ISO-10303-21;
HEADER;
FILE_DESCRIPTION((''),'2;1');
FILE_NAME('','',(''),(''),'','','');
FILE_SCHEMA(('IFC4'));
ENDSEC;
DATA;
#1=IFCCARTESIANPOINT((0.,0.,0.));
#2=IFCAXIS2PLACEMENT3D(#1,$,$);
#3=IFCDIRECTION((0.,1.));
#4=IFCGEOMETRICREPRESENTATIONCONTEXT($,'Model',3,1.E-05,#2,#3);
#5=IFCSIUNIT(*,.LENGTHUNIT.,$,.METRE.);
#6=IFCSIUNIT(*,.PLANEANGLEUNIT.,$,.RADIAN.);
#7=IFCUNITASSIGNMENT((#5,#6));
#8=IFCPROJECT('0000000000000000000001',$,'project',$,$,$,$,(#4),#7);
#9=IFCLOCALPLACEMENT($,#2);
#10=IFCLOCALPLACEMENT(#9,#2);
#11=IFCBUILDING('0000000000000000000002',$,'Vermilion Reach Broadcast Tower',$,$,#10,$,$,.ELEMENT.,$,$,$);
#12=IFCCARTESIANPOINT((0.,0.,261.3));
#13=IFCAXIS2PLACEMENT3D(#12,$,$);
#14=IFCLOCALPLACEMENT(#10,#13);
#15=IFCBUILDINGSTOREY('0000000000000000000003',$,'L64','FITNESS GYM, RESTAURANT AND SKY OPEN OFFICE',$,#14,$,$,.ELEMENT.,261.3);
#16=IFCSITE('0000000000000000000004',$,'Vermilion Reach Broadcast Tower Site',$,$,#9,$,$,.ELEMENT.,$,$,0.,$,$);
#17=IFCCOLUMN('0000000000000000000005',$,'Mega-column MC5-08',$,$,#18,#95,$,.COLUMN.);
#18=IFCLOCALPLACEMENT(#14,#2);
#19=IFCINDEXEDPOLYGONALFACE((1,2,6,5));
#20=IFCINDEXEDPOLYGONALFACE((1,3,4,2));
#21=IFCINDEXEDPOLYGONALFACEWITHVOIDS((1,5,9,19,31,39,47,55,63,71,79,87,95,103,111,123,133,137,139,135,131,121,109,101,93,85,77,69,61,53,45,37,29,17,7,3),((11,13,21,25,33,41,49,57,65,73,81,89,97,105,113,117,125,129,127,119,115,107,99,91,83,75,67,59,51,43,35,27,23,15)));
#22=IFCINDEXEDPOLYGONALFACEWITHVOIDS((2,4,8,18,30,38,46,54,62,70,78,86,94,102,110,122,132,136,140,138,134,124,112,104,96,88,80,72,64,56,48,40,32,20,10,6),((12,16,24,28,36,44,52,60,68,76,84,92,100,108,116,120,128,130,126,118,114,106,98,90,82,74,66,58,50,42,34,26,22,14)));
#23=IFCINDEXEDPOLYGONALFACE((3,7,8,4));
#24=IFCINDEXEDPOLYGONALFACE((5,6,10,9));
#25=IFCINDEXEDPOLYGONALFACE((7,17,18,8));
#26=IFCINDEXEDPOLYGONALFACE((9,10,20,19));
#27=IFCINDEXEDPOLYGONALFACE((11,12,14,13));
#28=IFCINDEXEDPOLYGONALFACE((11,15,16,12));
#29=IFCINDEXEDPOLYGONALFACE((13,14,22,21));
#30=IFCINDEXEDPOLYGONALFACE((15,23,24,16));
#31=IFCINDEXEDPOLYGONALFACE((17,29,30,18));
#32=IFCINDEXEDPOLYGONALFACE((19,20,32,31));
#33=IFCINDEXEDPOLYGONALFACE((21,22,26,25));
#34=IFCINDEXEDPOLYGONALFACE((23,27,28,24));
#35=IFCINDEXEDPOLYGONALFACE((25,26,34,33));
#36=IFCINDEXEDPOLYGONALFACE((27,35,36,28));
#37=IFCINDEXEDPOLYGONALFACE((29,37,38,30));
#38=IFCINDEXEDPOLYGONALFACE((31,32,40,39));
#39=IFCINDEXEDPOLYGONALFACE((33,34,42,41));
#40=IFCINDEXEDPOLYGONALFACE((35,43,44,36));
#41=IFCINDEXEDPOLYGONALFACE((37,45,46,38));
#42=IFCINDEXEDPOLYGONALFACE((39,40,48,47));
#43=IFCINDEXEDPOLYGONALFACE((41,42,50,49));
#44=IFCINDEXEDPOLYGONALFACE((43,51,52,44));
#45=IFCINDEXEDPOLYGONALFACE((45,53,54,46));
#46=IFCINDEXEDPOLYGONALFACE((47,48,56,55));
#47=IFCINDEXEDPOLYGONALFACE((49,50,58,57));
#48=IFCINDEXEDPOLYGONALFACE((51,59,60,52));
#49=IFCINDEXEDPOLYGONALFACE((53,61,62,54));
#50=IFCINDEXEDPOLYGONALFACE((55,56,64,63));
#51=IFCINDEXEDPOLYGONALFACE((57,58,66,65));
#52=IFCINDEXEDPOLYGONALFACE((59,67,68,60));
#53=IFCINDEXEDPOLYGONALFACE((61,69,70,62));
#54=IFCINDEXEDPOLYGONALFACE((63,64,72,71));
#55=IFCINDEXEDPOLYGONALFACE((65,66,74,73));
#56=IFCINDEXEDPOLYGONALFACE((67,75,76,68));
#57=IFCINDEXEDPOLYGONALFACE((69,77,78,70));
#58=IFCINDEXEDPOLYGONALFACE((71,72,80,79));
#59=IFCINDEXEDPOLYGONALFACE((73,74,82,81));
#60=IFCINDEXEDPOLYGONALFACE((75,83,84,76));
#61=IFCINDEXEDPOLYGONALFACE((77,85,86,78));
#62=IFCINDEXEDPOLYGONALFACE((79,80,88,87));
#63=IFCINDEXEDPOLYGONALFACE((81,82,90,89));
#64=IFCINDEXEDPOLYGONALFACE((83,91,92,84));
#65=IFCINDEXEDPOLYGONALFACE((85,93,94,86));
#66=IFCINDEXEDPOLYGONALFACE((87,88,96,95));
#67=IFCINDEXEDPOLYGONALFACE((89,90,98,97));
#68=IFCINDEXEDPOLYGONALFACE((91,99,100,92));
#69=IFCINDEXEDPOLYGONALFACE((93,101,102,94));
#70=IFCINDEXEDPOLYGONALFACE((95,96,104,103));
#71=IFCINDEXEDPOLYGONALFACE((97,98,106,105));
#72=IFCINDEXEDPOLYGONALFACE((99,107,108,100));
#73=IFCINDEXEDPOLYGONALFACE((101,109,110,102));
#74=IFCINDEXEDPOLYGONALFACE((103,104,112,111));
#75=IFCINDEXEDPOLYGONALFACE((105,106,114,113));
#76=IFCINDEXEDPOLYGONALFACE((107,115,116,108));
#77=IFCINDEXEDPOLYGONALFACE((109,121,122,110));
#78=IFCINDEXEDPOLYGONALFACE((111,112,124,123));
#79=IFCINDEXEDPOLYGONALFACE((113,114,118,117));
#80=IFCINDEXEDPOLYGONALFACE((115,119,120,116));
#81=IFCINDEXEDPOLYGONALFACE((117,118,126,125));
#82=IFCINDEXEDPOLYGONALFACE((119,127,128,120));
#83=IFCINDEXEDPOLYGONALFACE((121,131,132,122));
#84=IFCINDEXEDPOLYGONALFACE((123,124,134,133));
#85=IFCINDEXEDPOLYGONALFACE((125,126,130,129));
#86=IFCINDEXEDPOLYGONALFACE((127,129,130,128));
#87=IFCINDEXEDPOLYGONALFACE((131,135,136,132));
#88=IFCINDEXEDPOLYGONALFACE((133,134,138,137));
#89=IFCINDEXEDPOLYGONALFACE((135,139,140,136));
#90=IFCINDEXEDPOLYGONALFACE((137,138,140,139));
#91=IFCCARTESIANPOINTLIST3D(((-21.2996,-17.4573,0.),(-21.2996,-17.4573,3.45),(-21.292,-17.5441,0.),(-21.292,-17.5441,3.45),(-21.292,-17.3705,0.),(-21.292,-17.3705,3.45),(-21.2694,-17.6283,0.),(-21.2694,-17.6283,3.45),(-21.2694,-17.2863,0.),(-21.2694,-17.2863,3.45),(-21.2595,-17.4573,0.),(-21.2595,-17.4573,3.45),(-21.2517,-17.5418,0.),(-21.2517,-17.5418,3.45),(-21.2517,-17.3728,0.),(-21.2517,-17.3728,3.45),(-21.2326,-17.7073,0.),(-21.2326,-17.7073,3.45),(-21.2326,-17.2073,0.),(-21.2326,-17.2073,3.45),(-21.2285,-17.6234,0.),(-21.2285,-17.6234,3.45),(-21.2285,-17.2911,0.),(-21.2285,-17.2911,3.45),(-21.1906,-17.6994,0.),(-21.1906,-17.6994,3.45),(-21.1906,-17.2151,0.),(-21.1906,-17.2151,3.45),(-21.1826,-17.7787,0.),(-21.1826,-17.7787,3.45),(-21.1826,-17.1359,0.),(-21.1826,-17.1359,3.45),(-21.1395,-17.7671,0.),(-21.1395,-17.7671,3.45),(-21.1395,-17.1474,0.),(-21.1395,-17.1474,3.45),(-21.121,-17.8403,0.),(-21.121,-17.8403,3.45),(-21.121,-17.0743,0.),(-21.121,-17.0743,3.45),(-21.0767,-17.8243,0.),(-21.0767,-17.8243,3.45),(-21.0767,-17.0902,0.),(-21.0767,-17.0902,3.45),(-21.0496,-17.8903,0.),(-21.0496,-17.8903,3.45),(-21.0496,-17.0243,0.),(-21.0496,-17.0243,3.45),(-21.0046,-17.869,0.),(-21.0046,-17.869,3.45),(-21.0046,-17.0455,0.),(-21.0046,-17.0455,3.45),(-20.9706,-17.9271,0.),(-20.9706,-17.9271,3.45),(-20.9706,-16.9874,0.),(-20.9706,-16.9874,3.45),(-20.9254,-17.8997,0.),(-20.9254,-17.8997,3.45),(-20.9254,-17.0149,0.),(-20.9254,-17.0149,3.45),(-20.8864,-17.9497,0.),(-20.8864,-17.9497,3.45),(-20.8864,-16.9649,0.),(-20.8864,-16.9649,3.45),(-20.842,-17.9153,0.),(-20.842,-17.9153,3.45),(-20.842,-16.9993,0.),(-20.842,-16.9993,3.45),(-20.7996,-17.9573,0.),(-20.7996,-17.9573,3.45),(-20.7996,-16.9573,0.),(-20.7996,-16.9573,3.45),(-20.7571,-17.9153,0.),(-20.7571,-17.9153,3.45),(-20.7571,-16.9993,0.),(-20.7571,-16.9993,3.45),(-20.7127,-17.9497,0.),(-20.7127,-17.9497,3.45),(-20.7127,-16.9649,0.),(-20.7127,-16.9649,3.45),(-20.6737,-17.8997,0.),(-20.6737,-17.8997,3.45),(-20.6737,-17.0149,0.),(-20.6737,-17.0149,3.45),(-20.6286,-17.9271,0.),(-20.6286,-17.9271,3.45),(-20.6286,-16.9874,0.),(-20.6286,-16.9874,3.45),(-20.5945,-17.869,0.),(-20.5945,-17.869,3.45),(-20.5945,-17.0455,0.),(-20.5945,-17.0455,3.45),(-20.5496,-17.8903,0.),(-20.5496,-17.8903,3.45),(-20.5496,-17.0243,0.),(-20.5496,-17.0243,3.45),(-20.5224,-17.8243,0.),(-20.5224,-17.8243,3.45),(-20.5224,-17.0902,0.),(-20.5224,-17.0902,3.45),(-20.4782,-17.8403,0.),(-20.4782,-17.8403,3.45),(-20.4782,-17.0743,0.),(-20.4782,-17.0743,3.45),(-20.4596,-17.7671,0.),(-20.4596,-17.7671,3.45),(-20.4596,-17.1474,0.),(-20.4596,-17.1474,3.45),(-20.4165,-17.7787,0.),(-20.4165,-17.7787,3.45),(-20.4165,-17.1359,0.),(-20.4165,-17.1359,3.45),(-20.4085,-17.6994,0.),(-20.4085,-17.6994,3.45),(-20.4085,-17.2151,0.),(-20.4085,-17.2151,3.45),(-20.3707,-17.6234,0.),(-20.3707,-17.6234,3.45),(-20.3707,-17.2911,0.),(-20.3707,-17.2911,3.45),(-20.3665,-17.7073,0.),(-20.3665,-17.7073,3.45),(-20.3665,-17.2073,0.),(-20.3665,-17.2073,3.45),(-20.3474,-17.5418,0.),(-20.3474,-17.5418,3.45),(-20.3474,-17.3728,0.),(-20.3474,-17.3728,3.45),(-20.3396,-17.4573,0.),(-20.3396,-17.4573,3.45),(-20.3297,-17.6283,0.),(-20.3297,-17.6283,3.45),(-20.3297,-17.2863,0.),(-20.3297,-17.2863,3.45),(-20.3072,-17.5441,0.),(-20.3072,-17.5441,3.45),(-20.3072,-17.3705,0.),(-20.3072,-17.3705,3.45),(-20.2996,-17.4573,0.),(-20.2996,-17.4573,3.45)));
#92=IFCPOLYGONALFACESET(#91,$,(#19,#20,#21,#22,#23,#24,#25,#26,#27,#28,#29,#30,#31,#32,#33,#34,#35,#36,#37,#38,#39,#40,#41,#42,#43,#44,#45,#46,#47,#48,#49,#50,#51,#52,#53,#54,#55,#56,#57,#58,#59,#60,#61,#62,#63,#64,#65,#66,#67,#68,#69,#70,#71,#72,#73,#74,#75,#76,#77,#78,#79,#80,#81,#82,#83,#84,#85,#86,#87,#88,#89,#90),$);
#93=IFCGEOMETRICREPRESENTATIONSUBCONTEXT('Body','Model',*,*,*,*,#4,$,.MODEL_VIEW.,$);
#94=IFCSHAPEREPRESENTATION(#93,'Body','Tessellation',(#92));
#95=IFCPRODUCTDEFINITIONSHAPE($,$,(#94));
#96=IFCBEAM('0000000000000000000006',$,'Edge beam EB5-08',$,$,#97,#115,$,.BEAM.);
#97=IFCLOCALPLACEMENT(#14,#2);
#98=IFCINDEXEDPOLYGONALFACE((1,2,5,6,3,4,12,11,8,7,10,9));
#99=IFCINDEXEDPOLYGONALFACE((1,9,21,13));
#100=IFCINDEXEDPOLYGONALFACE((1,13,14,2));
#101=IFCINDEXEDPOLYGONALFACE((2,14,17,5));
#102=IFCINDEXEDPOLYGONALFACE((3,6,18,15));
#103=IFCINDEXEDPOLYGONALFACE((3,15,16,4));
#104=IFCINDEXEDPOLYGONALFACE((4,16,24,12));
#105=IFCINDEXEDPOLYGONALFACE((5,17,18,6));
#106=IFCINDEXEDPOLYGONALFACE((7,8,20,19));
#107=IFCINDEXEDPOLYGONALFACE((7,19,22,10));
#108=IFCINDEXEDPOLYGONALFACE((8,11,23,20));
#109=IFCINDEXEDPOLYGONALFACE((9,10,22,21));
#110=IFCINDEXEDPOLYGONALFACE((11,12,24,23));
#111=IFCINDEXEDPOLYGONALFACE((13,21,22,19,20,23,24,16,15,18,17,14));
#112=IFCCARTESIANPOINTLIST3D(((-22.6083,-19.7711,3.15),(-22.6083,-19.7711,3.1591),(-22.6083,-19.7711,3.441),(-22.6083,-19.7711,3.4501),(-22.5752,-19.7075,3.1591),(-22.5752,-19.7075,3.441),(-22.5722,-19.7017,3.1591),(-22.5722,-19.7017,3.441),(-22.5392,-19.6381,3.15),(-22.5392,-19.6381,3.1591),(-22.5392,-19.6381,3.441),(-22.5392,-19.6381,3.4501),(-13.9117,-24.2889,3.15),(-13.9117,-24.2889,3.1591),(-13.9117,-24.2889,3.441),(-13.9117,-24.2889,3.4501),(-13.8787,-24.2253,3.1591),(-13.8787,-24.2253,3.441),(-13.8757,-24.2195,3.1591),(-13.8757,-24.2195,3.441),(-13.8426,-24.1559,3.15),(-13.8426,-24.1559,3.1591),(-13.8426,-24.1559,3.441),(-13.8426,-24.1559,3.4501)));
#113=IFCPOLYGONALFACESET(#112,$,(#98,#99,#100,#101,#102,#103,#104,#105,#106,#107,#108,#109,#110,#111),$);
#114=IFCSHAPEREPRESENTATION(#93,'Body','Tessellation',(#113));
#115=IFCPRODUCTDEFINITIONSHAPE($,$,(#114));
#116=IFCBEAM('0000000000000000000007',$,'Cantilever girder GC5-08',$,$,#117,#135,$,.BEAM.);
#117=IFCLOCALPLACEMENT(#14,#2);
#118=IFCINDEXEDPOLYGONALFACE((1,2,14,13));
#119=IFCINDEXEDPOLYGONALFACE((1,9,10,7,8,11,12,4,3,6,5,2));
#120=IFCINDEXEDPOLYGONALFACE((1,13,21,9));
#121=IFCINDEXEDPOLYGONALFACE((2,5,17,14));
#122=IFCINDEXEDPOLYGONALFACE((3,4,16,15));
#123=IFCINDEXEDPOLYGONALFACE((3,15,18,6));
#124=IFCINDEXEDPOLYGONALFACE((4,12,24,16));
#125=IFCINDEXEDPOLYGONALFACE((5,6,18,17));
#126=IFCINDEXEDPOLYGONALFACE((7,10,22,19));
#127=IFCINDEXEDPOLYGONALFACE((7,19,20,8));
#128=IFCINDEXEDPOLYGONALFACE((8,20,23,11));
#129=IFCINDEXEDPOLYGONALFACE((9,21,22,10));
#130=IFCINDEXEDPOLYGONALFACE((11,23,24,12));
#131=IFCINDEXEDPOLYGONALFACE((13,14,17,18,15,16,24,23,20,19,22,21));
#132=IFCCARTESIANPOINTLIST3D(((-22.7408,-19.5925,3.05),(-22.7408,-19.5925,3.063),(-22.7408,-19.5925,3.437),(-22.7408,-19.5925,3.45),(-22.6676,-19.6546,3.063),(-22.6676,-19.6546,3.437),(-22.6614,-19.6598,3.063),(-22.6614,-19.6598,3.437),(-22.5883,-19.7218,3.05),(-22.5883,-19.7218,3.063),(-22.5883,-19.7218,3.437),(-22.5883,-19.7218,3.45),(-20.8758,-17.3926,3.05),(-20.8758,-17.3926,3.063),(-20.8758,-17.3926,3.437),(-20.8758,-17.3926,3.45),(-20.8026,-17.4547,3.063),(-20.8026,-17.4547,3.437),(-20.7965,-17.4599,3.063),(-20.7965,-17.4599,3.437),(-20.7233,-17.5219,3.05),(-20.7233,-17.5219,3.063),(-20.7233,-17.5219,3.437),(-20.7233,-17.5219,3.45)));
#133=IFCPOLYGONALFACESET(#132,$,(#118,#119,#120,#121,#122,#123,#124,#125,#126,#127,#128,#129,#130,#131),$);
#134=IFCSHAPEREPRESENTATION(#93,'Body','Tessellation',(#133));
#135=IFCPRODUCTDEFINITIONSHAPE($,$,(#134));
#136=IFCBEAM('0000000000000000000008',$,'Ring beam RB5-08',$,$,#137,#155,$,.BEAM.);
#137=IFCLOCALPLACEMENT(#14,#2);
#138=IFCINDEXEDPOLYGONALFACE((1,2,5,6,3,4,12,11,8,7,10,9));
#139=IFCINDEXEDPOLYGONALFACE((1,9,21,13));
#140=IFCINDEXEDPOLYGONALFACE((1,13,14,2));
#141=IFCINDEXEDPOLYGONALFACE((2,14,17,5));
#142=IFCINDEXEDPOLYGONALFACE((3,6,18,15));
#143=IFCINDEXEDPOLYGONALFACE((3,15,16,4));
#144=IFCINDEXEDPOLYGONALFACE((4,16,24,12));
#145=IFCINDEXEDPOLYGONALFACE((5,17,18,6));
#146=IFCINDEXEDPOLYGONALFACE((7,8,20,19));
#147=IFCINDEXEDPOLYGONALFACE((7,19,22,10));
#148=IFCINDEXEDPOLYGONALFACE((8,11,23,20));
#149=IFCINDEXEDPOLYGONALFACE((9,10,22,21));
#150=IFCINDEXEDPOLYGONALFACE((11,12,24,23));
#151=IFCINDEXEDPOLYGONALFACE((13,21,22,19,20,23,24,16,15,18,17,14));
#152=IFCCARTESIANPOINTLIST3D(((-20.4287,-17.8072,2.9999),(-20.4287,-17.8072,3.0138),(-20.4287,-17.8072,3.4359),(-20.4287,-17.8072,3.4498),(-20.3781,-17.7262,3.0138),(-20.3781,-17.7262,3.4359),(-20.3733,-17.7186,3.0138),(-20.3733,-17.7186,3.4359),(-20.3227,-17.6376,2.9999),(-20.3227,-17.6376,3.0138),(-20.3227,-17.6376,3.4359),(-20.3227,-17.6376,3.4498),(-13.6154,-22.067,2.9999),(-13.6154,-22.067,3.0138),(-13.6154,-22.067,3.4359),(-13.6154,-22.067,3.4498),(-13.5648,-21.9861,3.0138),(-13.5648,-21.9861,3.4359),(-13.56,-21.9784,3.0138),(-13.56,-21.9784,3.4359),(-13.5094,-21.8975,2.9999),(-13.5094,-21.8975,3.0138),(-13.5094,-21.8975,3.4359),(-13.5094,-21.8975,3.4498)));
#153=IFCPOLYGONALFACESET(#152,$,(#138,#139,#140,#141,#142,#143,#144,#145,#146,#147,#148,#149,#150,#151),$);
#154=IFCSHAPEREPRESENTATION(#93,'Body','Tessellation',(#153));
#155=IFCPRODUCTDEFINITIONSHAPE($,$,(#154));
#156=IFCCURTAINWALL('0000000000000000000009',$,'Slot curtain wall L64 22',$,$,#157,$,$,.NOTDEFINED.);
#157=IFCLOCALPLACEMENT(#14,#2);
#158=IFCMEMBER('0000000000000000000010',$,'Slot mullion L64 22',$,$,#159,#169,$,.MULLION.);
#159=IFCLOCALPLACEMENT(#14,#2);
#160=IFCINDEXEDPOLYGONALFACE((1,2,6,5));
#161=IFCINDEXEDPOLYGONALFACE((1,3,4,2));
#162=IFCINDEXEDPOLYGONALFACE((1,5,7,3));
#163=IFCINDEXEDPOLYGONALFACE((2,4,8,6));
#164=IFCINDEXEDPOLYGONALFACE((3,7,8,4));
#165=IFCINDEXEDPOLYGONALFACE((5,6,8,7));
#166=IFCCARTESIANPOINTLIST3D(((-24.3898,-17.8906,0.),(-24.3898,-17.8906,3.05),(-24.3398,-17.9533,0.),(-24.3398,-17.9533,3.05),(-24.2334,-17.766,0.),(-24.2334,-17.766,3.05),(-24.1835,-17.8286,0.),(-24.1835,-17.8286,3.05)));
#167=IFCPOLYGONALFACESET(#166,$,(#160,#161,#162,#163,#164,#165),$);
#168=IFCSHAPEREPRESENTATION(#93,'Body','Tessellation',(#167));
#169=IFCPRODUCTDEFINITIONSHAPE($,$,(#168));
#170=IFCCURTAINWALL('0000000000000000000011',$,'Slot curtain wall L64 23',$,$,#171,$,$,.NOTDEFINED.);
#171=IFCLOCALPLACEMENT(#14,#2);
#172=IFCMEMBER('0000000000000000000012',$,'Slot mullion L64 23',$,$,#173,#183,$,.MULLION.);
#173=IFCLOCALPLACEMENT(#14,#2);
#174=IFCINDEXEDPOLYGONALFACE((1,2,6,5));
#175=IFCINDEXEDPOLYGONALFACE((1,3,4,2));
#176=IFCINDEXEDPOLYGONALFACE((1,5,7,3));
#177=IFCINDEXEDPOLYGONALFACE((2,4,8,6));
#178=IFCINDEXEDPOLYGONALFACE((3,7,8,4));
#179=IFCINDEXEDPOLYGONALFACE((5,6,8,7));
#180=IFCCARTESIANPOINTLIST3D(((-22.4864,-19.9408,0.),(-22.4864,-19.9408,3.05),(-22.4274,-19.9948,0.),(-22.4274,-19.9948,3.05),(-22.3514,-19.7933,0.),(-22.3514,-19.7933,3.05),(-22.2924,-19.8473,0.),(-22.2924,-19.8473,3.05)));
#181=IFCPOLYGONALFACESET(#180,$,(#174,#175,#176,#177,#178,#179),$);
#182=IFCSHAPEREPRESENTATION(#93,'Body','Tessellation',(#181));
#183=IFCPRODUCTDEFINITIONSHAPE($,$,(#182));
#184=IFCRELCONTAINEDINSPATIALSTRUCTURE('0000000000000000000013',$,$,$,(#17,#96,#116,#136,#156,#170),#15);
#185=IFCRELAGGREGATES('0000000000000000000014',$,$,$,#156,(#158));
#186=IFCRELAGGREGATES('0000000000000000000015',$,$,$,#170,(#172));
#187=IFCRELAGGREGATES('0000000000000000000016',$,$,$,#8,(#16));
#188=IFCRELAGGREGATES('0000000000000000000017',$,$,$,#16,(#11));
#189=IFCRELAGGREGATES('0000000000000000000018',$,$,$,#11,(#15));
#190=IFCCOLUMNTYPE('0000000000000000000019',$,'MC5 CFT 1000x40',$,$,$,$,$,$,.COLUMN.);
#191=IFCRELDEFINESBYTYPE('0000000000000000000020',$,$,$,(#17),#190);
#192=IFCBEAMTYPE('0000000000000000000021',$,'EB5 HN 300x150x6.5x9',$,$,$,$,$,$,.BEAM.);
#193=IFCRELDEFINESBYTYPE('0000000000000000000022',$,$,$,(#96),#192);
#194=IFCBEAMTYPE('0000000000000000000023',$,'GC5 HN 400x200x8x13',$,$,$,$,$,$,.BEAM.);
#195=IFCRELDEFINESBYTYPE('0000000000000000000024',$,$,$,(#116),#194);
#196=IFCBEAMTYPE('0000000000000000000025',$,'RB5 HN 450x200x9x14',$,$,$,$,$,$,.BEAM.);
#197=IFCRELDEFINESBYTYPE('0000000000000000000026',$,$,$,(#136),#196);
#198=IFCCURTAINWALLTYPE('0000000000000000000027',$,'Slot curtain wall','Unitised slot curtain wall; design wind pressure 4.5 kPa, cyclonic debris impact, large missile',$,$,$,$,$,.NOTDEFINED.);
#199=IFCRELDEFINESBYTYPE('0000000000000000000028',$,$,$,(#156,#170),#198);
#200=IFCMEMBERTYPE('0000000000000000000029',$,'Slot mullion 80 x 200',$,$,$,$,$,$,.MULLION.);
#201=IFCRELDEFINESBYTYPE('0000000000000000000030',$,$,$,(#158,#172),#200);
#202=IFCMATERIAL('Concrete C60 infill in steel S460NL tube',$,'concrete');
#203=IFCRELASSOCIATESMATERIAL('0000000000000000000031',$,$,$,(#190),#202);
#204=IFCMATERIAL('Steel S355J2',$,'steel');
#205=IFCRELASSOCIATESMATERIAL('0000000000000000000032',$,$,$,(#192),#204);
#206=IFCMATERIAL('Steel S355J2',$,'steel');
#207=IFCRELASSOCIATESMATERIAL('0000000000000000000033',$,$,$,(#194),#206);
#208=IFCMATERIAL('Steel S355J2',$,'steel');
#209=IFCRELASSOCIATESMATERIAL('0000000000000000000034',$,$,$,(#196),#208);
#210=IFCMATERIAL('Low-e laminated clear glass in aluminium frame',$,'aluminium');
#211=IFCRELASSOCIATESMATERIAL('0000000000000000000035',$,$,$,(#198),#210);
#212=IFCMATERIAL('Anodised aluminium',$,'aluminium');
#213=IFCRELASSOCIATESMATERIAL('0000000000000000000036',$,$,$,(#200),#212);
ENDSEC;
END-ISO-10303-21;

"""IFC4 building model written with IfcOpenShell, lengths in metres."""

from ifc_helpers import new_model, si_unit, direction, frame, origin, origin_2d, place, context, subcontext, project, spatial, rectangle, hollow_circle, i_section, extrude, material, material_profile, profile_set, type_object, element, aggregate, save


model = new_model("IFC4")

# Units and contexts
model_context = context("Model", 3, precision=1e-05, world=origin(), true_north=direction((0.0, 1.0)))
body_context = subcontext(model_context, "Body", "Model", "MODEL_VIEW")
ifc_project = project(units=[si_unit("LENGTHUNIT", "METRE"), si_unit("PLANEANGLEUNIT", "RADIAN")], contexts=[model_context])

# Site, building, storey
site_placement = place(None, origin())
site = spatial("IfcSite", under=ifc_project, at=site_placement, Name="Vermilion Reach Broadcast Tower Site", CompositionType="ELEMENT", RefElevation=0.0)
building_placement = place(site_placement, origin())
building = spatial("IfcBuilding", under=site, at=building_placement, Name="Vermilion Reach Broadcast Tower", CompositionType="ELEMENT")
storey_placement = place(building_placement, frame((0.0, 0.0, 261.3)))
storey = spatial("IfcBuildingStorey", under=building, at=storey_placement, Name="L64", Description="FITNESS GYM, RESTAURANT AND SKY OPEN OFFICE", CompositionType="ELEMENT", Elevation=261.3)

# Column
ifc_material_1 = material(Name="Concrete C60 infill in steel S460NL tube", Category="concrete")
ifc_material_profile_1 = material_profile(ifc_material_1, hollow_circle(Radius=0.5, WallThickness=0.04, at=origin_2d()), Name="Concrete C60 infill in steel S460NL tube CFT 1000x40")
ifc_profile_set_1 = profile_set([ifc_material_profile_1], Name="Concrete C60 infill in steel S460NL tube")
column_type = type_object("IfcColumnType", Name="MC5 CFT 1000x40", PredefinedType="COLUMN", material=ifc_profile_set_1)
column_placement = place(storey_placement, frame((-20.7996, -17.4573, 0.0), z_axis=(0.0, 0.0, 1.0), x_axis=(1.0, 0.0, 0.0)))
element("IfcColumn", 1, at=column_placement, inside=storey, type_object=column_type, Name="Mega-column MC5-08", PredefinedType="COLUMN", context=body_context, shape_type="SweptSolid", body=[
    extrude(hollow_circle(Radius=0.5, WallThickness=0.04, at=origin_2d()), origin(), (0.0, 0.0, 1.0), 3.45),
])

# Beams
ifc_material_2 = material(Name="Steel S355J2", Category="steel")
ifc_material_profile_2 = material_profile(ifc_material_2, i_section(OverallWidth=0.1499, OverallDepth=0.3, WebThickness=0.0066, FlangeThickness=0.009, at=origin_2d()), Name="S355J2 HN 300x150x6.5x9")
ifc_profile_set_2 = profile_set([ifc_material_profile_2], Name="Steel S355J2")
beam_type_1 = type_object("IfcBeamType", Name="EB5 HN 300x150x6.5x9", PredefinedType="BEAM", material=ifc_profile_set_2)
beam_1_placement = place(storey_placement, frame((-22.5737, -19.7046, 3.3), z_axis=(0.887399, -0.461001, 0.0), x_axis=(0.461001, 0.887399, 0.0)))
element("IfcBeam", 2, at=beam_1_placement, inside=storey, type_object=beam_type_1, Name="Edge beam EB5-08", PredefinedType="BEAM", context=body_context, shape_type="SweptSolid", body=[
    extrude(i_section(OverallWidth=0.1499, OverallDepth=0.3, WebThickness=0.0066, FlangeThickness=0.009, at=origin_2d()), origin(), (0.0, 0.0, 1.0), 9.8),
])
ifc_material_3 = material(Name="Steel S355J2", Category="steel")
ifc_material_profile_3 = material_profile(ifc_material_3, i_section(OverallWidth=0.2, OverallDepth=0.3999, WebThickness=0.0081, FlangeThickness=0.0129, at=origin_2d()), Name="S355J2 HN 400x200x8x13")
ifc_profile_set_3 = profile_set([ifc_material_profile_3], Name="Steel S355J2")
beam_type_2 = type_object("IfcBeamType", Name="GC5 HN 400x200x8x13", PredefinedType="BEAM", material=ifc_profile_set_3)
beam_2_placement = place(storey_placement, frame((-20.7996, -17.4573, 3.25), z_axis=(-0.646648, -0.762789, 0.0), x_axis=(0.762789, -0.646648, 0.0)))
element("IfcBeam", 3, at=beam_2_placement, inside=storey, type_object=beam_type_2, Name="Cantilever girder GC5-08", PredefinedType="BEAM", context=body_context, shape_type="SweptSolid", body=[
    extrude(i_section(OverallWidth=0.2, OverallDepth=0.3999, WebThickness=0.0081, FlangeThickness=0.0129, at=origin_2d()), origin(), (0.0, 0.0, 1.0), 2.884),
])
ifc_material_4 = material(Name="Steel S355J2", Category="steel")
ifc_material_profile_4 = material_profile(ifc_material_4, i_section(OverallWidth=0.2, OverallDepth=0.45, WebThickness=0.009, FlangeThickness=0.0139, at=origin_2d()), Name="S355J2 HN 450x200x9x14")
ifc_profile_set_4 = profile_set([ifc_material_profile_4], Name="Steel S355J2")
beam_type_3 = type_object("IfcBeamType", Name="RB5 HN 450x200x9x14", PredefinedType="BEAM", material=ifc_profile_set_4)
beam_3_placement = place(storey_placement, frame((-20.3757, -17.7224, 3.2249), z_axis=(0.847915, -0.530133, 0.0), x_axis=(0.530133, 0.847915, 0.0)))
element("IfcBeam", 4, at=beam_3_placement, inside=storey, type_object=beam_type_3, Name="Ring beam RB5-08", PredefinedType="BEAM", context=body_context, shape_type="SweptSolid", body=[
    extrude(i_section(OverallWidth=0.2, OverallDepth=0.45, WebThickness=0.009, FlangeThickness=0.0139, at=origin_2d()), origin(), (0.0, 0.0, 1.0), 8.0354),
])

# Curtain walls, members
ifc_material_5 = material(Name="Low-e laminated clear glass in aluminium frame", Category="aluminium")
curtain_wall_type = type_object("IfcCurtainWallType", Name="Slot curtain wall", Description="Unitised slot curtain wall; design wind pressure 4.5 kPa, cyclonic debris impact, large missile", PredefinedType="NOTDEFINED", material=ifc_material_5)
placement = place(storey_placement, origin())
curtain_wall_1 = element("IfcCurtainWall", 5, at=placement, inside=storey, type_object=curtain_wall_type, Name="Slot curtain wall L64 22", PredefinedType="NOTDEFINED")
ifc_material_6 = material(Name="Anodised aluminium", Category="aluminium")
ifc_material_profile_5 = material_profile(ifc_material_6, rectangle(XDim=0.2, YDim=0.0801, at=origin_2d()), Name="Slot mullion 80 x 200")
ifc_profile_set_5 = profile_set([ifc_material_profile_5], Name="Anodised aluminium")
member_type_1 = type_object("IfcMemberType", Name="Slot mullion 80 x 200", PredefinedType="MULLION", material=ifc_profile_set_5)
member_1_placement = place(storey_placement, frame((-24.2866, -17.8596, 0.0), z_axis=(0.0, 0.0, 1.0), x_axis=(0.781885, 0.623423, 0.0)))
member_1 = element("IfcMember", 6, at=member_1_placement, type_object=member_type_1, Name="Slot mullion L64 22", PredefinedType="MULLION", context=body_context, shape_type="SweptSolid", body=[
    extrude(rectangle(XDim=0.2, YDim=0.0801, at=origin_2d()), origin(), (0.0, 0.0, 1.0), 3.05),
])
curtain_wall_2 = element("IfcCurtainWall", 7, at=placement, inside=storey, type_object=curtain_wall_type, Name="Slot curtain wall L64 23", PredefinedType="NOTDEFINED")
member_2_placement = place(storey_placement, frame((-22.3894, -19.894, 0.0), z_axis=(0.0, 0.0, 1.0), x_axis=(0.67519, 0.737644, 0.0)))
member_2 = element("IfcMember", 8, at=member_2_placement, type_object=member_type_1, Name="Slot mullion L64 23", PredefinedType="MULLION", context=body_context, shape_type="SweptSolid", body=[
    extrude(rectangle(XDim=0.2, YDim=0.0801, at=origin_2d()), origin(), (0.0, 0.0, 1.0), 3.05),
])

aggregate(curtain_wall_1, [member_1])
aggregate(curtain_wall_2, [member_2])

save(model, "model.ifc")
